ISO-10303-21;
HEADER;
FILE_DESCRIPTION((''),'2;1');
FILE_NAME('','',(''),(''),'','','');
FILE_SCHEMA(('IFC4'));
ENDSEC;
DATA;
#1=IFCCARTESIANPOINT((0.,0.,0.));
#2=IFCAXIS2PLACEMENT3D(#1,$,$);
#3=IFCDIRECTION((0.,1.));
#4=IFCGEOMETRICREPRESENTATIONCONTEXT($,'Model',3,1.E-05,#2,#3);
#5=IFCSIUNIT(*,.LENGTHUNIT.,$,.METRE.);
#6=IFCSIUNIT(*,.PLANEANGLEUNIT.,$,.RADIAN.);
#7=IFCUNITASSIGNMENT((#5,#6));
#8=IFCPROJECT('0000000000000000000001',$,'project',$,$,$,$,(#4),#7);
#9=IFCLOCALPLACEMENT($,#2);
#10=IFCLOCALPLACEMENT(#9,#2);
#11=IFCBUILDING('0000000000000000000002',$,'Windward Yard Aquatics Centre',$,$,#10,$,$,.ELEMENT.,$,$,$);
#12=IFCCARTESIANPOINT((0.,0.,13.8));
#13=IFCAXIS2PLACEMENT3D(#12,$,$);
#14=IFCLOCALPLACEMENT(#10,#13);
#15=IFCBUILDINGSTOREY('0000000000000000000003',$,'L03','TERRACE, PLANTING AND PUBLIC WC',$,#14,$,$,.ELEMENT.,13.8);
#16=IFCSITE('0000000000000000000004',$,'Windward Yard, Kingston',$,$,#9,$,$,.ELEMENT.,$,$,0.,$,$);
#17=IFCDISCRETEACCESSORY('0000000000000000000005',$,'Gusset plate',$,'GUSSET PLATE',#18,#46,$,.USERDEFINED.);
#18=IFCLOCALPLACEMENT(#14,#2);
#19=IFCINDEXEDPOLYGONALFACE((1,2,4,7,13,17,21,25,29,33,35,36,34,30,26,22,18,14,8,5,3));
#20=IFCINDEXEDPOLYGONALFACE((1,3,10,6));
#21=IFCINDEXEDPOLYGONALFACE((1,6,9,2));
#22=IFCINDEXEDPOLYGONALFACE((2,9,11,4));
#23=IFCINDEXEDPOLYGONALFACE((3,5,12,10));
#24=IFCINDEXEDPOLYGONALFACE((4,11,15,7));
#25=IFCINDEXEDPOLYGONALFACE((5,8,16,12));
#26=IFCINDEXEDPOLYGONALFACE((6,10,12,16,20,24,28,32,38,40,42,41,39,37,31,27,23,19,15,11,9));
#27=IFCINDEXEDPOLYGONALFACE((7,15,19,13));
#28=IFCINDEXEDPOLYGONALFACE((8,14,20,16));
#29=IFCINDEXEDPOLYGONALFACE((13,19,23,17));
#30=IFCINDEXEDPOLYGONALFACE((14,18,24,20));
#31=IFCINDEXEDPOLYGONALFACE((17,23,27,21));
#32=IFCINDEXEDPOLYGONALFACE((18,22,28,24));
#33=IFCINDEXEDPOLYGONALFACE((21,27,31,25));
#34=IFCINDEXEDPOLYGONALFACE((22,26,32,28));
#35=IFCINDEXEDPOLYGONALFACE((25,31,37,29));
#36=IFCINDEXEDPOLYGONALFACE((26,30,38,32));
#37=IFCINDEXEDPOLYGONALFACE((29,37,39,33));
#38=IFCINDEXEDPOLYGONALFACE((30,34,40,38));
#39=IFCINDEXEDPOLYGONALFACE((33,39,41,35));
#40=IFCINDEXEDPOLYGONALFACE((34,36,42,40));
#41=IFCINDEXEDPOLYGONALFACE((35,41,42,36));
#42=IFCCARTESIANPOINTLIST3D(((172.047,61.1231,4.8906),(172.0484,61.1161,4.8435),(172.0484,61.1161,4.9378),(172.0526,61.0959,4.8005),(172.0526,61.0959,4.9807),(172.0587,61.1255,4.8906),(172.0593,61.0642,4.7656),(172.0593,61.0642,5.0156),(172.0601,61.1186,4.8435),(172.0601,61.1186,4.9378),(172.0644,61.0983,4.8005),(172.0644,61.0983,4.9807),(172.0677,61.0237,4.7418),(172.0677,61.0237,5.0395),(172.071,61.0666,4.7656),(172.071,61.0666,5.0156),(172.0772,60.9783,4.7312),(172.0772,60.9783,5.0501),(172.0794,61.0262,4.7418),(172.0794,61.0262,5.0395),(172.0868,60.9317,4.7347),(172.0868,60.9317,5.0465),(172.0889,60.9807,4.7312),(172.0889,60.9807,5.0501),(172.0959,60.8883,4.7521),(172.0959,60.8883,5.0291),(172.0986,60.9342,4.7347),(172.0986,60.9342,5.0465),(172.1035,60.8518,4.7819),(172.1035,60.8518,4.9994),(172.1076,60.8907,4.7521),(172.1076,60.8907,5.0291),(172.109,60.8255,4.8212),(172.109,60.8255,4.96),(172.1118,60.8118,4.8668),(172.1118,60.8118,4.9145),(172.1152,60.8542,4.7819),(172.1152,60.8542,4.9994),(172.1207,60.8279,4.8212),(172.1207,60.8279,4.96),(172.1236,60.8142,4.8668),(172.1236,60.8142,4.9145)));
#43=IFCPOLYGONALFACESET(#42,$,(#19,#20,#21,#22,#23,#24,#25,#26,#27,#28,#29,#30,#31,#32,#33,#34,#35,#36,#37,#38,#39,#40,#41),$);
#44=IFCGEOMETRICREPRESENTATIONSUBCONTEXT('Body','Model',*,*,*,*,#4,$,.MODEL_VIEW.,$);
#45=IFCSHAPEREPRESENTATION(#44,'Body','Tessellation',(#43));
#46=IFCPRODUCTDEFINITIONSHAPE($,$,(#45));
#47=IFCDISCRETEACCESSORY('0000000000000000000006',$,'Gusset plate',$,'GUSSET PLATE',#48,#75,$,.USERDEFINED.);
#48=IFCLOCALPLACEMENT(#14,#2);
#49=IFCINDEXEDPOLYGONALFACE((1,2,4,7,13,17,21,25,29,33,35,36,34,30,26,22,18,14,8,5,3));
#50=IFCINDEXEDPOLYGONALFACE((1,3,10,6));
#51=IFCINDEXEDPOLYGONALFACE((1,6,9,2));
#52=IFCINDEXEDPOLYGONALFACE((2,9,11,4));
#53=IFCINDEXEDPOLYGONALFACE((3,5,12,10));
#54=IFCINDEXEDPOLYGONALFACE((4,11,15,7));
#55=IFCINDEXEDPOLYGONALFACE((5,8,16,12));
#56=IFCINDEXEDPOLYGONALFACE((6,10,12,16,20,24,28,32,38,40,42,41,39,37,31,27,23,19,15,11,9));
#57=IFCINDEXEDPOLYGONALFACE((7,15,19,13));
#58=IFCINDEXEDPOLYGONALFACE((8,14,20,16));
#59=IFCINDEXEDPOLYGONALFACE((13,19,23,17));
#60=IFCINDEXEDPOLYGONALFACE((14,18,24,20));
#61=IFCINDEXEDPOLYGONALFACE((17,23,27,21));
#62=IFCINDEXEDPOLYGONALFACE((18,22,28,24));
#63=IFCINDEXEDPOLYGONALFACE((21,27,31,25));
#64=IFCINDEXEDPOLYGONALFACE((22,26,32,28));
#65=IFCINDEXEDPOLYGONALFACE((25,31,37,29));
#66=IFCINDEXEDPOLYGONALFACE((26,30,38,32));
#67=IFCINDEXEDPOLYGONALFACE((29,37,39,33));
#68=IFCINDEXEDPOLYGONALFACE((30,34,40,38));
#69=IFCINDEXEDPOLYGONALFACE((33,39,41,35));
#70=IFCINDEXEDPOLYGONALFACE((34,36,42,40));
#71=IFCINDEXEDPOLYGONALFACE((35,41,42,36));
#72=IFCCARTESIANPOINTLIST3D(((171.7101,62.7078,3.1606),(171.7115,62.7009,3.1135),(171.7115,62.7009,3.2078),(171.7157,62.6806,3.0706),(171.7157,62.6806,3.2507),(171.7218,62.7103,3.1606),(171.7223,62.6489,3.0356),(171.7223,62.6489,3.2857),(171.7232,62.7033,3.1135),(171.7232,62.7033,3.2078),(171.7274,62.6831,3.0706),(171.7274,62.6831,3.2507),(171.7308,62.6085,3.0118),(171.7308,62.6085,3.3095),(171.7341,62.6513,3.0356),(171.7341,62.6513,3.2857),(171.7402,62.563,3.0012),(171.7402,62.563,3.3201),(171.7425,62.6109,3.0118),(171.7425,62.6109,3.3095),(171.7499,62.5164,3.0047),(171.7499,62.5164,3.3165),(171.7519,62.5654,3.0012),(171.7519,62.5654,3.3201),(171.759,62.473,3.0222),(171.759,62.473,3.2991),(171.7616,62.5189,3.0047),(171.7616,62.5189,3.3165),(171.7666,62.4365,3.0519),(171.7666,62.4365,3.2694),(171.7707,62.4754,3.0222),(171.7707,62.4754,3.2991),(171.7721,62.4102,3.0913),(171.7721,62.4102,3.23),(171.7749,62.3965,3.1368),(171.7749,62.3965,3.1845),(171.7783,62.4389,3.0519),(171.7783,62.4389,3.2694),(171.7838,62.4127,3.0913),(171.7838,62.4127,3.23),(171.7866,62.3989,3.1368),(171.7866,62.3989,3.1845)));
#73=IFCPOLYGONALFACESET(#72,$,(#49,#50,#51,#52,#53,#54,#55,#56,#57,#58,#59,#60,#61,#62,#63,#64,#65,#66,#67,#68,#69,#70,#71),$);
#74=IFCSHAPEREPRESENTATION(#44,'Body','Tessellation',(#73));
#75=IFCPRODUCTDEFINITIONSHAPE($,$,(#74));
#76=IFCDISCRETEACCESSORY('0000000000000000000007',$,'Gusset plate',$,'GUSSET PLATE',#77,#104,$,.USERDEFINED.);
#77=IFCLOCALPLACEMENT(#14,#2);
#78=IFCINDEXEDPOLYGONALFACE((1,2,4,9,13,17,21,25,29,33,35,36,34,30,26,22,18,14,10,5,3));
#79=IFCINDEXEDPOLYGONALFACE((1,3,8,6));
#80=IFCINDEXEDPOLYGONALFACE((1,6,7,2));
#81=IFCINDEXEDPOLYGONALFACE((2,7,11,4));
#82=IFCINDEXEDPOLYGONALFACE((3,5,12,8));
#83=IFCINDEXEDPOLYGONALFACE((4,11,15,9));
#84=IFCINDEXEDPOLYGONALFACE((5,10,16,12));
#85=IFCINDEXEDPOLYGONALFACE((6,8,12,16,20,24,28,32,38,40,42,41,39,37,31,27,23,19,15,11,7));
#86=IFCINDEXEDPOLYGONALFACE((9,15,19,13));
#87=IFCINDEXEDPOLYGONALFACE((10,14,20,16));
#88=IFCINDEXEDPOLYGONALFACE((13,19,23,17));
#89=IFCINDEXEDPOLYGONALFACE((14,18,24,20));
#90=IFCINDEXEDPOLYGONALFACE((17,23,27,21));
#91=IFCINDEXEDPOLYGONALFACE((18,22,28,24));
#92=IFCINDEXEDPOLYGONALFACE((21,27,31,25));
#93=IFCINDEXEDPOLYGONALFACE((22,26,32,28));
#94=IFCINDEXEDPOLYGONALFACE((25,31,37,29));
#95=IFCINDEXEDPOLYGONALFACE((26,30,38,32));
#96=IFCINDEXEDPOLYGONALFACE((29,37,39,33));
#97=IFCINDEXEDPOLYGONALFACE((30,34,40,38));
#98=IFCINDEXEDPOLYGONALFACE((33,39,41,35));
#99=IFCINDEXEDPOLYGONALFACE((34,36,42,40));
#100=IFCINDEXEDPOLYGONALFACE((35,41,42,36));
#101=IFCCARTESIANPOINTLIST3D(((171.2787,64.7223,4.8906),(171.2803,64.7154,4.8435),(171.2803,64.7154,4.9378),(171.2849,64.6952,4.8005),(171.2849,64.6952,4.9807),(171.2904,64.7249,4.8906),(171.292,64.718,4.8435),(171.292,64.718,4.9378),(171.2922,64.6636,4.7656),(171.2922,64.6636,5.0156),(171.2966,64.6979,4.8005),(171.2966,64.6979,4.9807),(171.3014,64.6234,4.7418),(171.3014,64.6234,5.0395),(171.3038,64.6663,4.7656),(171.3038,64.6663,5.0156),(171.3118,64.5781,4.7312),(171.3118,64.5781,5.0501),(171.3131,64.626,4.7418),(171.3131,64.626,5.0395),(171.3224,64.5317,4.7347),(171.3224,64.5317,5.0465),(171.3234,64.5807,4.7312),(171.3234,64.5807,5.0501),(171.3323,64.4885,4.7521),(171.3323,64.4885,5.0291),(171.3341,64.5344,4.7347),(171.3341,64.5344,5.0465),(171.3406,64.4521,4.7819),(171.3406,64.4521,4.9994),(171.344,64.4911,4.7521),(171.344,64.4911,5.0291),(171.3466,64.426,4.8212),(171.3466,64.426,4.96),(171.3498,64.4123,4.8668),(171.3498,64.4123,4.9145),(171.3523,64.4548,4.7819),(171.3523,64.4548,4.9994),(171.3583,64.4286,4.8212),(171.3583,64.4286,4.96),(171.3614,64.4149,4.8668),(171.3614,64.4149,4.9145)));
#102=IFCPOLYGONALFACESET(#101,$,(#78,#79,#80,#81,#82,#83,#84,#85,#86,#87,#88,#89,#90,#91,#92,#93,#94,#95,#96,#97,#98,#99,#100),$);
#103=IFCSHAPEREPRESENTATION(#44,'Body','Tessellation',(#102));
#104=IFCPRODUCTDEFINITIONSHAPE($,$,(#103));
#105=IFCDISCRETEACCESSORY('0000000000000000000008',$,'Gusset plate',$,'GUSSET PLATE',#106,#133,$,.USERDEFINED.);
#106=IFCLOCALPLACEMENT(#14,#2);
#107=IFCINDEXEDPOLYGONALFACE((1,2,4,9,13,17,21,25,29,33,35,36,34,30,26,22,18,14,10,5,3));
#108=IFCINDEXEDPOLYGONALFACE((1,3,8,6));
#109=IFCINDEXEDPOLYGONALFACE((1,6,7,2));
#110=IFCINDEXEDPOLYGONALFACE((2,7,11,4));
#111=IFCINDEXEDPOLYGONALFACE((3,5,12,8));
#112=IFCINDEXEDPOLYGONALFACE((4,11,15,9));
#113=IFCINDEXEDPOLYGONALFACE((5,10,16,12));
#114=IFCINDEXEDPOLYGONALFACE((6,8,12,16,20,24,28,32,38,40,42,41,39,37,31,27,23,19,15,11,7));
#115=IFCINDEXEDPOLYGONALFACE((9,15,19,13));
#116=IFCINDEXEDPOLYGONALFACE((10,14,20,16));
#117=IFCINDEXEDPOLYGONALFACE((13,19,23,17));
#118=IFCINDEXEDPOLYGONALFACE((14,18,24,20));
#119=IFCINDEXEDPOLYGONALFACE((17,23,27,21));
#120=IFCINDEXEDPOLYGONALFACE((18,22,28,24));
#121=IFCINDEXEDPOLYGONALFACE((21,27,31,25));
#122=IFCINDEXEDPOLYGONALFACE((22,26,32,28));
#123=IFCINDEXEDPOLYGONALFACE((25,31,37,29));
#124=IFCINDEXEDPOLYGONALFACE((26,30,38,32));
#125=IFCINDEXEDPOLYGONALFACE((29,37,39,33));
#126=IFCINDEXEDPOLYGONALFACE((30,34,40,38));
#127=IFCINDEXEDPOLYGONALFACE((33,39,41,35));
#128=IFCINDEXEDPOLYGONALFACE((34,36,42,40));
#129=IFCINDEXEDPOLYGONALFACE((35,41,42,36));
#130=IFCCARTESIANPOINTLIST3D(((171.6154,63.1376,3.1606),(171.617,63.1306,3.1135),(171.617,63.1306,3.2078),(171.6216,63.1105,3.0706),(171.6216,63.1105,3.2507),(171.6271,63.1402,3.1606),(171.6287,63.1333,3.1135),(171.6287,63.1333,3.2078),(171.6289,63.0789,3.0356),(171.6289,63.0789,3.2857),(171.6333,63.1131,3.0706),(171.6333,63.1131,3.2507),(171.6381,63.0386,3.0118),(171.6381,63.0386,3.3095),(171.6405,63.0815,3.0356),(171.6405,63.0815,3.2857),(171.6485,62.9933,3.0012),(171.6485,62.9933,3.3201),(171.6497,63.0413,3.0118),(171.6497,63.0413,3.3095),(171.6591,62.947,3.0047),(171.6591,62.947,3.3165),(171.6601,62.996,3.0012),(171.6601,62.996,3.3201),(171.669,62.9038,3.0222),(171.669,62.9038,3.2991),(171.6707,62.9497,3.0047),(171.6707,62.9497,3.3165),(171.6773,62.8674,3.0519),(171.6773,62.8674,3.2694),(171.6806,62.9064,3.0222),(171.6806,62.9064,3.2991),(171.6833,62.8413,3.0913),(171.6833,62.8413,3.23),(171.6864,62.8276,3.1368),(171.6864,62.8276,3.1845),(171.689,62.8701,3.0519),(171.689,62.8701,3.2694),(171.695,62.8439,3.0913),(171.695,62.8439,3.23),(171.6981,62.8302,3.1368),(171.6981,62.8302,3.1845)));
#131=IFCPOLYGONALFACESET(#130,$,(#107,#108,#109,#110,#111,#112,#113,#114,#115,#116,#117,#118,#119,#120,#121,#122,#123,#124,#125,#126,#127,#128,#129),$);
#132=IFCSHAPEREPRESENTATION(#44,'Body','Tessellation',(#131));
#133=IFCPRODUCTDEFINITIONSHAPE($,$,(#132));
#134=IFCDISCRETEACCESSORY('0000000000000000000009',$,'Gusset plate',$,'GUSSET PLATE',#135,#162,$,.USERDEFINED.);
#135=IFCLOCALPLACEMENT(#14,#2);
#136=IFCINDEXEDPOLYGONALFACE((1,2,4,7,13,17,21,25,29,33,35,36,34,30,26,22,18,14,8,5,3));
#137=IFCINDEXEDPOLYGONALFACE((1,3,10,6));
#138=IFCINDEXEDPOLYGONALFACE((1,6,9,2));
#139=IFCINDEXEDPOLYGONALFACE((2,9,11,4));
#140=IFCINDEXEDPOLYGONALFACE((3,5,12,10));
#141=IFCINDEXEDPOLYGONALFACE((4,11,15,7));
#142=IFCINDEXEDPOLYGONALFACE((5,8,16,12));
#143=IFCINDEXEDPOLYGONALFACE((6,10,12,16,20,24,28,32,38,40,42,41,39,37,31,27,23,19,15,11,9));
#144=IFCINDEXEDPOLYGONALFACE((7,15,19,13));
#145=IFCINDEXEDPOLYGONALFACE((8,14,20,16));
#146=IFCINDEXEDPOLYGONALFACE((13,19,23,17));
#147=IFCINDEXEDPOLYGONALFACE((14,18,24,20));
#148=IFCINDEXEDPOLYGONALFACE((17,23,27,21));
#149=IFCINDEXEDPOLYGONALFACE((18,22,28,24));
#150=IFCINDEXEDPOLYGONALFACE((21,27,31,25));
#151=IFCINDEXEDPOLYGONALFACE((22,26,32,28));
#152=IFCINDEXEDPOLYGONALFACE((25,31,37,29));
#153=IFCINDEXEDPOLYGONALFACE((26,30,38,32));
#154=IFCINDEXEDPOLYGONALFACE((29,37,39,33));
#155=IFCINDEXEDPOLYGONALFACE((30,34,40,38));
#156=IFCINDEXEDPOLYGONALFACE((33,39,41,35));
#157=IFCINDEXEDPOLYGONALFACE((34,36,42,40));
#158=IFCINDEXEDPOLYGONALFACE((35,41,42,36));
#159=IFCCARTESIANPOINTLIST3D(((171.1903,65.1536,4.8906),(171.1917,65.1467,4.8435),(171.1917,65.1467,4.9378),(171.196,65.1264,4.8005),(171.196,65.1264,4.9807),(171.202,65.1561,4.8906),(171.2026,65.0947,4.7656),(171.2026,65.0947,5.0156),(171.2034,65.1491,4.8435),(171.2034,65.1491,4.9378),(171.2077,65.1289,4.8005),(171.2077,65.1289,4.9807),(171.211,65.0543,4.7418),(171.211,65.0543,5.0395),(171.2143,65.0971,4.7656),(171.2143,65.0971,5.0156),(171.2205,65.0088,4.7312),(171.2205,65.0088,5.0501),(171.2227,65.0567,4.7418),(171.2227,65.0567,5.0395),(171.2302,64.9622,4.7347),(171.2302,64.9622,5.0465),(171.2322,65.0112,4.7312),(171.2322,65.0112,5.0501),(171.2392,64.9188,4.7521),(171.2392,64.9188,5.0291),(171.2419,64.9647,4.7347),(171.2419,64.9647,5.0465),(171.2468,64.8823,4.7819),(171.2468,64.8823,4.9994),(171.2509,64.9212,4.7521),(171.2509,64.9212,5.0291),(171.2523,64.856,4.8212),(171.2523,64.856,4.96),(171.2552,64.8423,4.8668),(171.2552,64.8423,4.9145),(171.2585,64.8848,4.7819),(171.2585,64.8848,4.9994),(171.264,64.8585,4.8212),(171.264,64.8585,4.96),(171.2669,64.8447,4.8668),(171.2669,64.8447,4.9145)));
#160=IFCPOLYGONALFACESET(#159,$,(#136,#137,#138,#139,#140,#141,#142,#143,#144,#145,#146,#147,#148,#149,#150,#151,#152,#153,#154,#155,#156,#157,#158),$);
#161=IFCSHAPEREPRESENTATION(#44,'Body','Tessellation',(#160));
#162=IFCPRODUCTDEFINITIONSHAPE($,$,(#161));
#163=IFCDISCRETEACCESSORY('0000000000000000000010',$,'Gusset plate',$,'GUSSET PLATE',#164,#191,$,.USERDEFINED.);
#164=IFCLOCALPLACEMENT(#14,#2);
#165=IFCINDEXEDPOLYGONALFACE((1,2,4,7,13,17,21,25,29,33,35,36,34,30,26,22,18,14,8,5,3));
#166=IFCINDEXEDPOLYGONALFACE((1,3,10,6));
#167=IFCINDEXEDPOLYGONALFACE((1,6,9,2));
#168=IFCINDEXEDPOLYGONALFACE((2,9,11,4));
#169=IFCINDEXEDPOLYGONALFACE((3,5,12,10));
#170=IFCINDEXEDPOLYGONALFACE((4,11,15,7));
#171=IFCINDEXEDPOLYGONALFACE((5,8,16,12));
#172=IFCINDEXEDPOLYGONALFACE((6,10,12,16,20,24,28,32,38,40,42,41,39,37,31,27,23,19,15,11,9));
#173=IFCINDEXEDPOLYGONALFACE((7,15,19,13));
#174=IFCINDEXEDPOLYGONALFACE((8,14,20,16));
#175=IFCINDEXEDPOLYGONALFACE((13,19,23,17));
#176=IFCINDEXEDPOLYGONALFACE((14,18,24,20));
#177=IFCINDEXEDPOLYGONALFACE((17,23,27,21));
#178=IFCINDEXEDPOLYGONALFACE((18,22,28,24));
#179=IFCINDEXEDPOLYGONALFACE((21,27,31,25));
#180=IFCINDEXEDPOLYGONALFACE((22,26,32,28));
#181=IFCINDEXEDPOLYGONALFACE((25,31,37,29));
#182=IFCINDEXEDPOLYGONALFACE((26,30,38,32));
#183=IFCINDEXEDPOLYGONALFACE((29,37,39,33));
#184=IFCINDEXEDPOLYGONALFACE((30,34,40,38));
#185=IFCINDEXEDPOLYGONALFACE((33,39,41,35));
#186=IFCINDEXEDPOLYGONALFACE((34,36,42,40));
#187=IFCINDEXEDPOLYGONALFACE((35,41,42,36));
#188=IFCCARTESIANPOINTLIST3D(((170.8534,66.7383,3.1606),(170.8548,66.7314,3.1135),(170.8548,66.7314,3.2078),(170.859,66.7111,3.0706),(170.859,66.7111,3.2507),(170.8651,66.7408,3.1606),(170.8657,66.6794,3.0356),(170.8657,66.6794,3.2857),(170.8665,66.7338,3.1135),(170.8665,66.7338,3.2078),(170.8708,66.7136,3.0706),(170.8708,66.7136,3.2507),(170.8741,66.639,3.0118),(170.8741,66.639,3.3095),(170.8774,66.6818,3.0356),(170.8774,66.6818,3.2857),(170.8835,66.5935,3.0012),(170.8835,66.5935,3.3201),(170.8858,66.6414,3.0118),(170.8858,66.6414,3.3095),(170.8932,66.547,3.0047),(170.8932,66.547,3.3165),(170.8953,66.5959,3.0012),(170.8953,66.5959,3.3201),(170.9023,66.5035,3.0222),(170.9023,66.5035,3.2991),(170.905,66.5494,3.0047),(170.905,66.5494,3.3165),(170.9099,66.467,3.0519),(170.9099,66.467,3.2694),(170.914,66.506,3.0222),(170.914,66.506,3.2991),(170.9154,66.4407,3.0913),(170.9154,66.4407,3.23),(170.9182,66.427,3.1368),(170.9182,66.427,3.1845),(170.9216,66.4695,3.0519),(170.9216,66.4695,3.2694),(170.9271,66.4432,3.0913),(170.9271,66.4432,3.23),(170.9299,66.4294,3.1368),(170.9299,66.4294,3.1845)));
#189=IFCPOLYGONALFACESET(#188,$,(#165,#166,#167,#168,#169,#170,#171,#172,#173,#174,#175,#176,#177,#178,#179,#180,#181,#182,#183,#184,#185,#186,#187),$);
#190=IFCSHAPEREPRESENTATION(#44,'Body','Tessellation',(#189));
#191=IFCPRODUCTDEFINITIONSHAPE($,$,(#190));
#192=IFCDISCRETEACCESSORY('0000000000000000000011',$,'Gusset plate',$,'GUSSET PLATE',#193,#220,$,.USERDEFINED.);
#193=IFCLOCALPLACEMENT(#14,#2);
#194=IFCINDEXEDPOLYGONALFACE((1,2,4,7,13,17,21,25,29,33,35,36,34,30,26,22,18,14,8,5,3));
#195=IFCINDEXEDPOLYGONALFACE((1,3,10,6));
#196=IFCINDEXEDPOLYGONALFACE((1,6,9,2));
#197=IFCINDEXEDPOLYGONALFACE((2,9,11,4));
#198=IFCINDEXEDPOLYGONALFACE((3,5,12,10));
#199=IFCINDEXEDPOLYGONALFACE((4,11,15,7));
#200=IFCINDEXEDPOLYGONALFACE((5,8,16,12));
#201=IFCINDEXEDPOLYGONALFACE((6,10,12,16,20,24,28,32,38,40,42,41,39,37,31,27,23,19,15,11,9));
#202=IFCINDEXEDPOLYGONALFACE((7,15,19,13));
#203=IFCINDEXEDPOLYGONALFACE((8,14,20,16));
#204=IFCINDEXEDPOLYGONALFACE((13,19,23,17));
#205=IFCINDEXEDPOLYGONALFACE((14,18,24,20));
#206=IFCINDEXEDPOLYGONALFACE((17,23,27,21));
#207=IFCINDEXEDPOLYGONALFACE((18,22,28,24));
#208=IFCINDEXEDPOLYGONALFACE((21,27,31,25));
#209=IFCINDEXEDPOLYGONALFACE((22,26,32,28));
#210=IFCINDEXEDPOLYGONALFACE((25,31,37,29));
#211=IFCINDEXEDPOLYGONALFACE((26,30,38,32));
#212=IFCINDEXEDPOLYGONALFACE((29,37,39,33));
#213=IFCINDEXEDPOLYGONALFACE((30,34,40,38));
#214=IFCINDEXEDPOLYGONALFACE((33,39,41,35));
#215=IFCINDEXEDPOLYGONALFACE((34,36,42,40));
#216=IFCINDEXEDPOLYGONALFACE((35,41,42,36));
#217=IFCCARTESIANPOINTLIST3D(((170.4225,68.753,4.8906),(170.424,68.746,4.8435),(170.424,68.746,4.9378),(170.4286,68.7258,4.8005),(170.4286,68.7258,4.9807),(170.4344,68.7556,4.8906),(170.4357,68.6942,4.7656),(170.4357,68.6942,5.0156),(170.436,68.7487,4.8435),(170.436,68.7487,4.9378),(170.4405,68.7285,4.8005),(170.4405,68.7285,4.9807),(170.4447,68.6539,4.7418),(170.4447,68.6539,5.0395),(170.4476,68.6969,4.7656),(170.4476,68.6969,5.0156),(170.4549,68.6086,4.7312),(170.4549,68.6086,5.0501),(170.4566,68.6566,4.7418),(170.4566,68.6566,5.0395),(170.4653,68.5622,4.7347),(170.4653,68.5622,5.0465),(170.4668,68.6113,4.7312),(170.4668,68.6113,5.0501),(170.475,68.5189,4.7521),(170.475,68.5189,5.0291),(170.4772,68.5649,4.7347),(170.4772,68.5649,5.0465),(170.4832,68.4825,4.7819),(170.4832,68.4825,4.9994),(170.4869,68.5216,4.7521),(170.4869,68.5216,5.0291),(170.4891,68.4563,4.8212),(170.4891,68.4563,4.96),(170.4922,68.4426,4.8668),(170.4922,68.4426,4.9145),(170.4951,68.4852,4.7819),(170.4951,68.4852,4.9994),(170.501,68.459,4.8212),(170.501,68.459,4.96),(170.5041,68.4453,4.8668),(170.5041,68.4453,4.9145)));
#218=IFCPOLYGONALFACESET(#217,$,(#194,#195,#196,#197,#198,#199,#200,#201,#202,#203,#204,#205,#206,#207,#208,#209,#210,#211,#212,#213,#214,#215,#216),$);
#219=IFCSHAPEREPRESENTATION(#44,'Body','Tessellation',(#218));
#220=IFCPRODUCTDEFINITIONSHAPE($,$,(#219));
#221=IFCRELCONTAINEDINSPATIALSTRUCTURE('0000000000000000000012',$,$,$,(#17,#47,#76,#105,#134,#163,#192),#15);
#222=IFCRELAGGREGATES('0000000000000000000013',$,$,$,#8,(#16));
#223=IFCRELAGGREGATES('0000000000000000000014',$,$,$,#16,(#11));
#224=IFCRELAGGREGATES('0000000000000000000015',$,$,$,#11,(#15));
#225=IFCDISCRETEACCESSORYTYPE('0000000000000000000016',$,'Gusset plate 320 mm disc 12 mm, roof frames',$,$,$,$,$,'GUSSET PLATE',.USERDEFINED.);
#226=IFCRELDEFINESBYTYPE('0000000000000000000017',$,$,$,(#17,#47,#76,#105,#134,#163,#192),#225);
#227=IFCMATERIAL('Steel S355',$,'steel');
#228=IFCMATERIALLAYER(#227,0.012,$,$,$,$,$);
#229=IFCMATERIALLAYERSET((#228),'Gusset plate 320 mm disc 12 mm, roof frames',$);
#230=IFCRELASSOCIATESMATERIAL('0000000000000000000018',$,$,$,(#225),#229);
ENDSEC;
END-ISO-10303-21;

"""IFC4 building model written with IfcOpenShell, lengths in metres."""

from ifc_helpers import new_model, si_unit, direction, frame, origin, origin_2d, place, context, subcontext, project, spatial, circle, extrude, material, layer, layer_set, type_object, element, save


model = new_model("IFC4")

# Units and contexts
model_context = context("Model", 3, precision=1e-05, world=origin(), true_north=direction((0.0, 1.0)))
body_context = subcontext(model_context, "Body", "Model", "MODEL_VIEW")
ifc_project = project(units=[si_unit("LENGTHUNIT", "METRE"), si_unit("PLANEANGLEUNIT", "RADIAN")], contexts=[model_context])

# Site, building, storey
site_placement = place(None, origin())
site = spatial("IfcSite", under=ifc_project, at=site_placement, Name="Windward Yard, Kingston", CompositionType="ELEMENT", RefElevation=0.0)
building_placement = place(site_placement, origin())
building = spatial("IfcBuilding", under=site, at=building_placement, Name="Windward Yard Aquatics Centre", CompositionType="ELEMENT")
storey_placement = place(building_placement, frame((0.0, 0.0, 13.8)))
storey = spatial("IfcBuildingStorey", under=building, at=storey_placement, Name="L03", Description="TERRACE, PLANTING AND PUBLIC WC", CompositionType="ELEMENT", Elevation=13.8)

# Discrete accessories
ifc_material_1 = material(Name="Steel S355", Category="steel")
ifc_layer = layer(ifc_material_1, 0.012)
ifc_layer_set = layer_set([ifc_layer], Name="Gusset plate 320 mm disc 12 mm, roof frames")
discrete_accessory_type = type_object("IfcDiscreteAccessoryType", Name="Gusset plate 320 mm disc 12 mm, roof frames", ElementType="GUSSET PLATE", PredefinedType="USERDEFINED", material=ifc_layer_set)
for number, where, z_axis, x_axis, name in (
    (1, (172.0796, 60.9666, 4.8906), (0.97898, 0.203954, 0.0), (-0.203954, 0.97898, 0.0), "Gusset plate"),
    (2, (171.7427, 62.5513, 3.1606), (0.97898, 0.203954, 0.0), (-0.203954, 0.97898, 0.0), "Gusset plate"),
    (3, (171.3145, 64.5664, 4.8906), (0.974732, 0.223376, 0.0), (-0.223376, 0.974732, 0.0), "Gusset plate"),
    (4, (171.6511, 62.9817, 3.1606), (0.974732, 0.223376, 0.0), (-0.223376, 0.974732, 0.0), "Gusset plate"),
    (5, (171.2229, 64.9971, 4.8906), (0.97898, 0.203954, 0.0), (-0.203954, 0.97898, 0.0), "Gusset plate"),
    (6, (170.886, 66.5818, 3.1606), (0.97898, 0.203954, 0.0), (-0.203954, 0.97898, 0.0), "Gusset plate"),
):
    element("IfcDiscreteAccessory", number, at=place(storey_placement, frame(where, z_axis=z_axis, x_axis=x_axis)), inside=storey, type_object=discrete_accessory_type, Name=name, ObjectType="GUSSET PLATE", PredefinedType="USERDEFINED", context=body_context, shape_type="SweptSolid", body=[
        extrude(circle(Radius=0.1599, at=origin_2d()), origin(), (0.0, 0.0, 1.0), 0.012),
    ])
discrete_accessory_placement = place(storey_placement, frame((170.4575, 68.5969, 4.8906), z_axis=(0.975716, 0.219038, 0.0), x_axis=(-0.219038, 0.975716, 0.0)))
element("IfcDiscreteAccessory", 7, at=discrete_accessory_placement, inside=storey, type_object=discrete_accessory_type, Name="Gusset plate", ObjectType="GUSSET PLATE", PredefinedType="USERDEFINED", context=body_context, shape_type="SweptSolid", body=[
    extrude(circle(Radius=0.1599, at=origin_2d()), origin(), (0.0, 0.0, 1.0), 0.0122),
])

save(model, "model.ifc")
